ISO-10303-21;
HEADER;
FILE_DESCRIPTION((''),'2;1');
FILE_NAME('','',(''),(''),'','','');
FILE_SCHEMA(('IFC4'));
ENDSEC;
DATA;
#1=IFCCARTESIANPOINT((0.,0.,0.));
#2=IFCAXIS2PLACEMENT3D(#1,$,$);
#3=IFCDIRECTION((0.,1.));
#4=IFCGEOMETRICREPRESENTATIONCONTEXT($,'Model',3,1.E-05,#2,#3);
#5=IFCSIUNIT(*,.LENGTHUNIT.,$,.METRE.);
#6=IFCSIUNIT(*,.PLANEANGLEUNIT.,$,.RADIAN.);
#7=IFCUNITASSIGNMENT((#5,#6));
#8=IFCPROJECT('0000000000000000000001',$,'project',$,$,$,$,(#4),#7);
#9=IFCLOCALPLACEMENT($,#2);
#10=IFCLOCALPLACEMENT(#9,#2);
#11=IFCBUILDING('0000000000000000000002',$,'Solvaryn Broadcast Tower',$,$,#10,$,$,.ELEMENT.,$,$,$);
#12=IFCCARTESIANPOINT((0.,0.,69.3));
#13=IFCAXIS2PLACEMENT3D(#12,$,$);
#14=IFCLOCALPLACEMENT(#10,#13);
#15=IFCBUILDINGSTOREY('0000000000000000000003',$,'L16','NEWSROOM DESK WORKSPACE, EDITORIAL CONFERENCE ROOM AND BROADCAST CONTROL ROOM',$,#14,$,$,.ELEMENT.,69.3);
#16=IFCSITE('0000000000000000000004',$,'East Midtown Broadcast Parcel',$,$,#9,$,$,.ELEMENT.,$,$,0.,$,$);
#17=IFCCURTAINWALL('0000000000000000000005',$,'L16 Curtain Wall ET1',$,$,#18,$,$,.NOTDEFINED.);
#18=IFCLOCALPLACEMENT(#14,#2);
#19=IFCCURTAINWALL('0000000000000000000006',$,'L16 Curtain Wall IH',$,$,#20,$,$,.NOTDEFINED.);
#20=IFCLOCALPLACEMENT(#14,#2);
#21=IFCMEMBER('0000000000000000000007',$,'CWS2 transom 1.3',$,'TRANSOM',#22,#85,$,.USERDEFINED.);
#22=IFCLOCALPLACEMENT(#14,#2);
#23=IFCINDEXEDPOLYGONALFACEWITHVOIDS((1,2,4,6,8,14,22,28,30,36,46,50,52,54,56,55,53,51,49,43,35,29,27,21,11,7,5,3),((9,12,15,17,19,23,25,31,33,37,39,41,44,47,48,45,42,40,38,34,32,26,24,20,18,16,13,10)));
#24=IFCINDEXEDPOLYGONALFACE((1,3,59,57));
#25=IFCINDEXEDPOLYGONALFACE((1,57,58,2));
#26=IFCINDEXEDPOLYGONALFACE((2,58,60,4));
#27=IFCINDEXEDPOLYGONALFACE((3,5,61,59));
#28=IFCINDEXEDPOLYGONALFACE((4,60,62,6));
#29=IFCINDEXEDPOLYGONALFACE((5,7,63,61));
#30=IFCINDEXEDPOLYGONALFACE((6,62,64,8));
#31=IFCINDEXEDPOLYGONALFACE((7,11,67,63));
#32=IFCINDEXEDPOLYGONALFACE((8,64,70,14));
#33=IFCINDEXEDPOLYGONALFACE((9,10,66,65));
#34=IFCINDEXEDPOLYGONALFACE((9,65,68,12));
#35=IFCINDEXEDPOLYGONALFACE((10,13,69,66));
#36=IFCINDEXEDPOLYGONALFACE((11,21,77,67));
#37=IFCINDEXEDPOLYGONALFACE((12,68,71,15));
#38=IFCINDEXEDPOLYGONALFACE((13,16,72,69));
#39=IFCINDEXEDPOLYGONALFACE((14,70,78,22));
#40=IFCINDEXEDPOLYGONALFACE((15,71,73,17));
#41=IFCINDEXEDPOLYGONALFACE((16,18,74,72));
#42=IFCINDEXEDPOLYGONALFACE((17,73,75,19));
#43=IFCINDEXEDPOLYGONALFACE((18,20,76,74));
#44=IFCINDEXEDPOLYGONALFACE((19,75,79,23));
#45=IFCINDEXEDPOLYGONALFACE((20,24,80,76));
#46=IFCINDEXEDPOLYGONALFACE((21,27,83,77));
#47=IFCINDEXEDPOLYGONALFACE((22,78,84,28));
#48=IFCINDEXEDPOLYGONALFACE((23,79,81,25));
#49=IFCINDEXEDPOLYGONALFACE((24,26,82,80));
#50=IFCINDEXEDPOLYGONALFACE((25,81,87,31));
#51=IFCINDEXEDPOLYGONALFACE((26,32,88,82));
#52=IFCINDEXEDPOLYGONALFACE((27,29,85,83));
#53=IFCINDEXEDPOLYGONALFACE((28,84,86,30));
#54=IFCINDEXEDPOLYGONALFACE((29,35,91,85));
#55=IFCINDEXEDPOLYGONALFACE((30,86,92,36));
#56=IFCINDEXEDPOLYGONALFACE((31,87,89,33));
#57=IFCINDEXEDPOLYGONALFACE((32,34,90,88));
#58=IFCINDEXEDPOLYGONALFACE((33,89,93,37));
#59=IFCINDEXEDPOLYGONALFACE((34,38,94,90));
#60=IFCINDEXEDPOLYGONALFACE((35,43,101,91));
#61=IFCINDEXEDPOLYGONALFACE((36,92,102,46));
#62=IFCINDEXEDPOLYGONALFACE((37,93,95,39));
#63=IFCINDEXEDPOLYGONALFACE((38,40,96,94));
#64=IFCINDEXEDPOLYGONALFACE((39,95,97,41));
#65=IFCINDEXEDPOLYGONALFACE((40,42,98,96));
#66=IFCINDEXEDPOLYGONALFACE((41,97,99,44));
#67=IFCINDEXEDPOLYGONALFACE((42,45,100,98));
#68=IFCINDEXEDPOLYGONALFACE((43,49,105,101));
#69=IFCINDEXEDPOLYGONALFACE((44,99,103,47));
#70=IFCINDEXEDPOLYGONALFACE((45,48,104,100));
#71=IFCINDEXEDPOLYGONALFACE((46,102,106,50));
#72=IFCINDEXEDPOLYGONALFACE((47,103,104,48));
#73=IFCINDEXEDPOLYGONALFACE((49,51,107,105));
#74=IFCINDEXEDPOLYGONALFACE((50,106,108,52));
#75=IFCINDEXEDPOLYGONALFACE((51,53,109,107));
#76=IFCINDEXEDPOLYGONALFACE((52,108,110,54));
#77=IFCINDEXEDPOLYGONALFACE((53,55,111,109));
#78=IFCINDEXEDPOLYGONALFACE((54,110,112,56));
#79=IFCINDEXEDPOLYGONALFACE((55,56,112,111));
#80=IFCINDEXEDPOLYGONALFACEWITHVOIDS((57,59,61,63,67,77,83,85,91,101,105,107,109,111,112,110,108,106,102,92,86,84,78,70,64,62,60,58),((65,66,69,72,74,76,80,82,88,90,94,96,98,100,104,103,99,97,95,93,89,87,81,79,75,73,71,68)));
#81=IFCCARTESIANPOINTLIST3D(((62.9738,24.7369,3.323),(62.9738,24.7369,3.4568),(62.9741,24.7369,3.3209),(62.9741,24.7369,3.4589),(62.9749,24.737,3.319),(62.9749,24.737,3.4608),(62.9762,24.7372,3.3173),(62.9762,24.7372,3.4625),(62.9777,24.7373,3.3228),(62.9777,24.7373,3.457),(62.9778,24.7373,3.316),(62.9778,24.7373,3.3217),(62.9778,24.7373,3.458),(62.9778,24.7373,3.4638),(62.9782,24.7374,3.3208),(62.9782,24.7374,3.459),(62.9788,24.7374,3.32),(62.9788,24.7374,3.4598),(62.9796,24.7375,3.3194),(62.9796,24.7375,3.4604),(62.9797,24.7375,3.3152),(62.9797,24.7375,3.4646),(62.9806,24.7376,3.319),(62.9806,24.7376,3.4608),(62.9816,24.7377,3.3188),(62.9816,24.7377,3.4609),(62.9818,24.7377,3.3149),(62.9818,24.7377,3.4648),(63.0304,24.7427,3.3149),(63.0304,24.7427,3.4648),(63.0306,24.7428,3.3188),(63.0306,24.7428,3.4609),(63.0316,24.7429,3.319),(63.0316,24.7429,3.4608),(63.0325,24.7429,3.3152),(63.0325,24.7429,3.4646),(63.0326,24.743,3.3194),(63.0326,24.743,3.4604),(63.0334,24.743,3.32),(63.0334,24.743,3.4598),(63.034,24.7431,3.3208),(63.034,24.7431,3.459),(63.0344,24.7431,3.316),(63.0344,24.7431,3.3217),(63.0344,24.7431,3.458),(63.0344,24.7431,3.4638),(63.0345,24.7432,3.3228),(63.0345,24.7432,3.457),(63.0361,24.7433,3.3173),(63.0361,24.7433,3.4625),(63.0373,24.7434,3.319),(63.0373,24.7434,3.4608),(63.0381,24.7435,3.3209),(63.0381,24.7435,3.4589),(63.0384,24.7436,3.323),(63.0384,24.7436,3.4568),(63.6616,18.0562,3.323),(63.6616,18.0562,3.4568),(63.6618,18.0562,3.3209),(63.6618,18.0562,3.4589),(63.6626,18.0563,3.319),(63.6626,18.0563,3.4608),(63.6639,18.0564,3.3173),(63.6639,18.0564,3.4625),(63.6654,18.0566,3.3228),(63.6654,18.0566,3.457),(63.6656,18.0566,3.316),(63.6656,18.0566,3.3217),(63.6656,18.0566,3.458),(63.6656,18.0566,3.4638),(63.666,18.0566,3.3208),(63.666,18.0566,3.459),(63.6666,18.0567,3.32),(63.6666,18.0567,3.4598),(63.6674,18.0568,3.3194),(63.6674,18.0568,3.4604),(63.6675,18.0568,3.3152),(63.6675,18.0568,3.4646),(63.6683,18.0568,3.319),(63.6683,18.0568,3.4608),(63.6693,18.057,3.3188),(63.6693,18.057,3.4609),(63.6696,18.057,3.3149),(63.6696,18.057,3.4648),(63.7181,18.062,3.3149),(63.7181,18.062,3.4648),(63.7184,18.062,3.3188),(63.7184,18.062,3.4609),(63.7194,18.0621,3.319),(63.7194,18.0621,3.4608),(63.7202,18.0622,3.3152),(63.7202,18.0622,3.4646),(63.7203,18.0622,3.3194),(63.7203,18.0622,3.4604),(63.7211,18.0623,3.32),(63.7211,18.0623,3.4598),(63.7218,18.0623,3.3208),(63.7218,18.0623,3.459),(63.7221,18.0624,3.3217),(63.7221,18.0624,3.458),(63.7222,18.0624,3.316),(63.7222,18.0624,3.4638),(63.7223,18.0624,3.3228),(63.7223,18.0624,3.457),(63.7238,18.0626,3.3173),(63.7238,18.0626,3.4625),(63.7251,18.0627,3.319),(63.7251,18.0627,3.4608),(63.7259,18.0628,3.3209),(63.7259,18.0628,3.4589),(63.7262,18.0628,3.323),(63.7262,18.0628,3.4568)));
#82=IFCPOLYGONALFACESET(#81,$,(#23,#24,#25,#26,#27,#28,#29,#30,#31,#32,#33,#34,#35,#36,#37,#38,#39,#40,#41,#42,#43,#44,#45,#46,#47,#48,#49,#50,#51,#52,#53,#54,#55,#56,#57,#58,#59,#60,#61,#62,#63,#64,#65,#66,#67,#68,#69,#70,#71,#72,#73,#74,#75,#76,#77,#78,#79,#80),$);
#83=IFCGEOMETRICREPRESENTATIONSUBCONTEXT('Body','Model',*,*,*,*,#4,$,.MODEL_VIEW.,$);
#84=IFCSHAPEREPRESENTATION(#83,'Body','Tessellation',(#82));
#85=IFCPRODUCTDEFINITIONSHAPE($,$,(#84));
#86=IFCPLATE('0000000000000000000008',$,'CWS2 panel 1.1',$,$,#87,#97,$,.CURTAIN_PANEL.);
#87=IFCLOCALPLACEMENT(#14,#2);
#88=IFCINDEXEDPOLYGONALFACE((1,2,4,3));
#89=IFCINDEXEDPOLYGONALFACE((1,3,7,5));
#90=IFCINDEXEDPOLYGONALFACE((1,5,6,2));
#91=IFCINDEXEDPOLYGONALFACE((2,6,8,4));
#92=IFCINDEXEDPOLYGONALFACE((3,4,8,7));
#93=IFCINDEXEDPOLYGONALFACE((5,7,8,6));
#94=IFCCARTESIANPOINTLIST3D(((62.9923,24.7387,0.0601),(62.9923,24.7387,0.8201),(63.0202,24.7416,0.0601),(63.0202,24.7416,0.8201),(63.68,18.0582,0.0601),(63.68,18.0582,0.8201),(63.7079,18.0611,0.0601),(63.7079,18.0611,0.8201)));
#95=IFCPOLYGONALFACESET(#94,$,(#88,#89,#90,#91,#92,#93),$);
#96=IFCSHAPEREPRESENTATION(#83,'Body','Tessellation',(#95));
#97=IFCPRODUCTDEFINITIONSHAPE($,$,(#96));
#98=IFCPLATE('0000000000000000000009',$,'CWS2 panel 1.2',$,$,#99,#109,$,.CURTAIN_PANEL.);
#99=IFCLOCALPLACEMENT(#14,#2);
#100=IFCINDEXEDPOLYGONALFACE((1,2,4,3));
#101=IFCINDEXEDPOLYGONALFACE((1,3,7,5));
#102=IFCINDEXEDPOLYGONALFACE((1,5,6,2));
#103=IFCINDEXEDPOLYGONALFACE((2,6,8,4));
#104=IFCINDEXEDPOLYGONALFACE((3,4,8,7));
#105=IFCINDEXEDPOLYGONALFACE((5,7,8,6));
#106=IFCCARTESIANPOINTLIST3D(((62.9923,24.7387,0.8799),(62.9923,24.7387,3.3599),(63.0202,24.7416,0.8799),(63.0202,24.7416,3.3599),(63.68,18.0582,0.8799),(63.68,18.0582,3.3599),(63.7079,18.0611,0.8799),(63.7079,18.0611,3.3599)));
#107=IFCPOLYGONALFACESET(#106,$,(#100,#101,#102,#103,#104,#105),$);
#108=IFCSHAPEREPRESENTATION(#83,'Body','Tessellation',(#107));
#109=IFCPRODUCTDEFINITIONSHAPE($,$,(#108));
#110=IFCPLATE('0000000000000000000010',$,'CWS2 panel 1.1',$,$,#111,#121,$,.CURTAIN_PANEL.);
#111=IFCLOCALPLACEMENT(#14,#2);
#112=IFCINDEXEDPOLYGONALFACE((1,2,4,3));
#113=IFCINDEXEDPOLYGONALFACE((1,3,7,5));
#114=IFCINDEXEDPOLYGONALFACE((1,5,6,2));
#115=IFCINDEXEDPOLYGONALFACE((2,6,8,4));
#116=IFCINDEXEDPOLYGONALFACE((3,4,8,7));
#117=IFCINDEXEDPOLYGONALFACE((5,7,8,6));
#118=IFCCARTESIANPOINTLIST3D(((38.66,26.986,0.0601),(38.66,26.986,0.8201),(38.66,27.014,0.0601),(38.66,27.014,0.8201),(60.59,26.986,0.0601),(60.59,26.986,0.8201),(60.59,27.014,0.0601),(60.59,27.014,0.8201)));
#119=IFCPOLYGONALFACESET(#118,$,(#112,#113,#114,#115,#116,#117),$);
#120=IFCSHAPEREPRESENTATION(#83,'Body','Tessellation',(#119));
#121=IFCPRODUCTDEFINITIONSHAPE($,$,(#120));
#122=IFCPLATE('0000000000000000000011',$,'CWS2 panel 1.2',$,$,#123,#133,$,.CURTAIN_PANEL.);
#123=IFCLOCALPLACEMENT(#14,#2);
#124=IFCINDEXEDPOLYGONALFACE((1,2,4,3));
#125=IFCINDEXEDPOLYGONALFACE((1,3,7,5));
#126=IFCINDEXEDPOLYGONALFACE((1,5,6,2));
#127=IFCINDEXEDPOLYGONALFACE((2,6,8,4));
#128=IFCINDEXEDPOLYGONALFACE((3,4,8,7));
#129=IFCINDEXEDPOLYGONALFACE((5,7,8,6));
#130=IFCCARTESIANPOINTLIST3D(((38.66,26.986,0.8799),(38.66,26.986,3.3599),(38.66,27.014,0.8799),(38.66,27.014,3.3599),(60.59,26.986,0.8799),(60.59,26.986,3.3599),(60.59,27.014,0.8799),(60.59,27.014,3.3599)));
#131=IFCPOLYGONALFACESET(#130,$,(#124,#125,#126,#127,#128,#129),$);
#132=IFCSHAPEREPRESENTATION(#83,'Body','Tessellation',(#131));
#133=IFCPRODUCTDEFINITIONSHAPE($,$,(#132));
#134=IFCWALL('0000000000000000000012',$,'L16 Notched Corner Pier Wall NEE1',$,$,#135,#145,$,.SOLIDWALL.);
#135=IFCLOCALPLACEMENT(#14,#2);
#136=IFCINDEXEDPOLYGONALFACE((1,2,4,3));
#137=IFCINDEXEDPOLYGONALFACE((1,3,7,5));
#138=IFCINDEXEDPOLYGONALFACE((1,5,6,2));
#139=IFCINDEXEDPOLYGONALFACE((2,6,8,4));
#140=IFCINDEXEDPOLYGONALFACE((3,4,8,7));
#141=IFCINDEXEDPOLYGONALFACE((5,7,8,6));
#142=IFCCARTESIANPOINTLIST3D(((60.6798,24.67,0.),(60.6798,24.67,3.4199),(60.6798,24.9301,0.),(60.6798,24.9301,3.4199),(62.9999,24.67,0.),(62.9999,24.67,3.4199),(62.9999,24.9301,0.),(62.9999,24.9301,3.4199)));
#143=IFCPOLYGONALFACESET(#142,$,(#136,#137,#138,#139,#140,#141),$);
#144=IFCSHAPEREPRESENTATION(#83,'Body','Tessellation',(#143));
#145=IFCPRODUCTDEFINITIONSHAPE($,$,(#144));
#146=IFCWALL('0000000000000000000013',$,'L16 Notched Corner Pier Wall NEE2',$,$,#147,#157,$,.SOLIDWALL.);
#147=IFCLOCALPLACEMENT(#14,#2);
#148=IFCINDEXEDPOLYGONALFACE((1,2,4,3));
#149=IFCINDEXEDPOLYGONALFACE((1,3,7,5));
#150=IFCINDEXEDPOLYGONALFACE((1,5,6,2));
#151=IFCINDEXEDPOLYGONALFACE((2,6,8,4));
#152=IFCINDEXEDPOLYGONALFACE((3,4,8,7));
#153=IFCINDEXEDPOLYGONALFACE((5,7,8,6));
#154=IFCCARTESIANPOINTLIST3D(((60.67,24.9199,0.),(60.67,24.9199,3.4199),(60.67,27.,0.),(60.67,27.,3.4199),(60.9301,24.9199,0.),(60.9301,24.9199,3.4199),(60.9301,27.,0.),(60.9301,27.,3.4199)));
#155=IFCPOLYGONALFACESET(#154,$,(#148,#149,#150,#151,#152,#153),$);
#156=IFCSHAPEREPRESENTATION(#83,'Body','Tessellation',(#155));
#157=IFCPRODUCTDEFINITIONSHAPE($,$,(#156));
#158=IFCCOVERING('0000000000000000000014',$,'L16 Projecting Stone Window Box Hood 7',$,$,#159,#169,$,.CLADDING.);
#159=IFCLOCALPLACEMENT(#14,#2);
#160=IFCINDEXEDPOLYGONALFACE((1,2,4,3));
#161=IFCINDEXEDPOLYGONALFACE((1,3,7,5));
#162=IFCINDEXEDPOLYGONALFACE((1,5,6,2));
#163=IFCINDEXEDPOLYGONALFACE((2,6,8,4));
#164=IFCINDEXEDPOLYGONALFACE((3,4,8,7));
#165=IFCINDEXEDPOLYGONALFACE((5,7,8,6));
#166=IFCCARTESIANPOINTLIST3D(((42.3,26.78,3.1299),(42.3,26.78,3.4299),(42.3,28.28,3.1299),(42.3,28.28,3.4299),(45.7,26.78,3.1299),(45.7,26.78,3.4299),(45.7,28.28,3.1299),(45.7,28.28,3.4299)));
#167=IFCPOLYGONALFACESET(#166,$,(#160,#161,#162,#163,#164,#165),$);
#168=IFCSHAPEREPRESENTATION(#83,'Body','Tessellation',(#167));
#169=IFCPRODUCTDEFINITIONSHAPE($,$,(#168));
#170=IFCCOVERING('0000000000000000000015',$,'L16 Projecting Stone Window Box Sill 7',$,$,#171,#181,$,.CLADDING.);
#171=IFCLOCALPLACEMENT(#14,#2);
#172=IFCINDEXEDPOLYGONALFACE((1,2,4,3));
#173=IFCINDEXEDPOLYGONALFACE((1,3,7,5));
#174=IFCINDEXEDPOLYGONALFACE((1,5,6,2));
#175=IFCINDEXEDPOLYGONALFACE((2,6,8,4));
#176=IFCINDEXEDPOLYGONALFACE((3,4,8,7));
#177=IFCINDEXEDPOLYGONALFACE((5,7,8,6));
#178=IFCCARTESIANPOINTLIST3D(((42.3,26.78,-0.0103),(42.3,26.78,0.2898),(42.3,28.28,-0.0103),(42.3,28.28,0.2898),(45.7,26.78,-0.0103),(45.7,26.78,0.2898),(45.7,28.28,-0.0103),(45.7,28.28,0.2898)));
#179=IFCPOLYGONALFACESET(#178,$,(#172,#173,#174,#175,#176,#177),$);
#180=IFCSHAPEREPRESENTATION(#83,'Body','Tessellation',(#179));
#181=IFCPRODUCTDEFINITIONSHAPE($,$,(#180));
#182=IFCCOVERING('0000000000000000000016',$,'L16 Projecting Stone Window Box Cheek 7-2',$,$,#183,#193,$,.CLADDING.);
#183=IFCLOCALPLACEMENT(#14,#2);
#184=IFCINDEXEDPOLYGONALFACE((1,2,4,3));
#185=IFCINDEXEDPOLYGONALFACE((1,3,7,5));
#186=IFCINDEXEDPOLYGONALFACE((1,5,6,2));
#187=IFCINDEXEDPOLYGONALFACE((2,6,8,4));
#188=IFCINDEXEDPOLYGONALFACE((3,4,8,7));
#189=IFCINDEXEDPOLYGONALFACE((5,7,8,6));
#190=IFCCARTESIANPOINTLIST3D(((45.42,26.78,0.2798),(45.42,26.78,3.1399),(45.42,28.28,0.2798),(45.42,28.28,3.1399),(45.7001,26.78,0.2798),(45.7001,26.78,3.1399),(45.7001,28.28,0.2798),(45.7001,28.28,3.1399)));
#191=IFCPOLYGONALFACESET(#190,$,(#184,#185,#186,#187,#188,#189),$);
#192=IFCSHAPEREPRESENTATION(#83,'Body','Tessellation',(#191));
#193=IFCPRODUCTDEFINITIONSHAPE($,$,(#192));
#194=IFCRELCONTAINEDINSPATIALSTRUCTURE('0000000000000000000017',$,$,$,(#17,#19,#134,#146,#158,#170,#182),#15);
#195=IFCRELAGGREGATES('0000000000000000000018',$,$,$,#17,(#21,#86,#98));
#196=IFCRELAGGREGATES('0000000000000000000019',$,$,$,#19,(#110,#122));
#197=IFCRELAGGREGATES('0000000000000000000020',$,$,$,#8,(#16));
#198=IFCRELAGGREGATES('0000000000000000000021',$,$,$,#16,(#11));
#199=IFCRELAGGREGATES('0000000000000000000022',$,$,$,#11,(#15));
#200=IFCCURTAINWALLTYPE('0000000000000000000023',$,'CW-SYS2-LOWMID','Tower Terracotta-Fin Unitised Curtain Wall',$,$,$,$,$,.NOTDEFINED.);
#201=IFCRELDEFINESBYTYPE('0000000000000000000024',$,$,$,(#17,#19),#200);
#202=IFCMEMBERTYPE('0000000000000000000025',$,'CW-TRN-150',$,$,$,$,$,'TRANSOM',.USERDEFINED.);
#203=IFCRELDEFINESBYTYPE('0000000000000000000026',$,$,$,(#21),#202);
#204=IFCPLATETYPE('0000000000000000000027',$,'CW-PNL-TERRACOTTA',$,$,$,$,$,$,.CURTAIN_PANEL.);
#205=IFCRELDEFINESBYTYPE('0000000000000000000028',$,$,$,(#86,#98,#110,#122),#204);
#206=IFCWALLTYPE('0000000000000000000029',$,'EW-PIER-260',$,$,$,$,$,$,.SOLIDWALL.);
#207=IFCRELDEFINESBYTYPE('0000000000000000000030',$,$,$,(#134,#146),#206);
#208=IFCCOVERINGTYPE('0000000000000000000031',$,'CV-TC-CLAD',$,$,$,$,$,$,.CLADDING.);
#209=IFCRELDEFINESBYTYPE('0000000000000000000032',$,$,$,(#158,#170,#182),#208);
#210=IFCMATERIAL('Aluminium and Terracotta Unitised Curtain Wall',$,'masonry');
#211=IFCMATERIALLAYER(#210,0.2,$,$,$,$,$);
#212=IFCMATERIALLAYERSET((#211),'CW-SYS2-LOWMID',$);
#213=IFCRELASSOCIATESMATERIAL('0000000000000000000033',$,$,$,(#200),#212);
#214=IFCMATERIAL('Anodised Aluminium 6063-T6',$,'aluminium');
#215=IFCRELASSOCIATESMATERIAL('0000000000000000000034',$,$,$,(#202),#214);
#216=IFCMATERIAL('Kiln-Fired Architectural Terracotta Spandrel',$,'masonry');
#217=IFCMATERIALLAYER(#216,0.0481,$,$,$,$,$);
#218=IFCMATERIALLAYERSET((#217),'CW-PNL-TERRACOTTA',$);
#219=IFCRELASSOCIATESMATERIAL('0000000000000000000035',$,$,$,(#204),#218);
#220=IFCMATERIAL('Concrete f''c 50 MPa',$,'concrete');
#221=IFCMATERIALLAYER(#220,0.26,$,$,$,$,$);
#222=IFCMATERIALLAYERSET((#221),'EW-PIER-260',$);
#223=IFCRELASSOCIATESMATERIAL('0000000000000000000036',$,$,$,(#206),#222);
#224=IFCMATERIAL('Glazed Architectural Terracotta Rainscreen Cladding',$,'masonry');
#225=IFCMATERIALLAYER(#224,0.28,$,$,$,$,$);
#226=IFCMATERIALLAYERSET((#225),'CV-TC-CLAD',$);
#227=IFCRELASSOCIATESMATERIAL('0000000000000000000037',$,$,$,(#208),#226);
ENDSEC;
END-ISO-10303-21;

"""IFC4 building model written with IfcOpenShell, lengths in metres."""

from ifc_helpers import new_model, si_unit, direction, frame, frame_2d, origin, origin_2d, place, context, subcontext, project, spatial, rectangle, hollow_rectangle, extrude, material, layer, layer_set, material_profile, profile_set, type_object, element, aggregate, save


model = new_model("IFC4")

# Units and contexts
model_context = context("Model", 3, precision=1e-05, world=origin(), true_north=direction((0.0, 1.0)))
body_context = subcontext(model_context, "Body", "Model", "MODEL_VIEW")
ifc_project = project(units=[si_unit("LENGTHUNIT", "METRE"), si_unit("PLANEANGLEUNIT", "RADIAN")], contexts=[model_context])

# Site, building, storey
site_placement = place(None, origin())
site = spatial("IfcSite", under=ifc_project, at=site_placement, Name="East Midtown Broadcast Parcel", CompositionType="ELEMENT", RefElevation=0.0)
building_placement = place(site_placement, origin())
building = spatial("IfcBuilding", under=site, at=building_placement, Name="Solvaryn Broadcast Tower", CompositionType="ELEMENT")
storey_placement = place(building_placement, frame((0.0, 0.0, 69.3)))
storey = spatial("IfcBuildingStorey", under=building, at=storey_placement, Name="L16", Description="NEWSROOM DESK WORKSPACE, EDITORIAL CONFERENCE ROOM AND BROADCAST CONTROL ROOM", CompositionType="ELEMENT", Elevation=69.3)

# Curtain walls
ifc_material_1 = material(Name="Aluminium and Terracotta Unitised Curtain Wall", Category="masonry")
ifc_layer_1 = layer(ifc_material_1, 0.2)
ifc_layer_set_1 = layer_set([ifc_layer_1], Name="CW-SYS2-LOWMID")
curtain_wall_type = type_object("IfcCurtainWallType", Name="CW-SYS2-LOWMID", Description="Tower Terracotta-Fin Unitised Curtain Wall", PredefinedType="NOTDEFINED", material=ifc_layer_set_1)
curtain_wall_1_placement = place(storey_placement, origin())
curtain_wall_1 = element("IfcCurtainWall", 1, at=curtain_wall_1_placement, inside=storey, type_object=curtain_wall_type, Name="L16 Curtain Wall ET1", PredefinedType="NOTDEFINED")
curtain_wall_2_placement = place(storey_placement, origin())
curtain_wall_2 = element("IfcCurtainWall", 2, at=curtain_wall_2_placement, inside=storey, type_object=curtain_wall_type, Name="L16 Curtain Wall IH", PredefinedType="NOTDEFINED")

# Member
ifc_material_2 = material(Name="Anodised Aluminium 6063-T6", Category="aluminium")
ifc_material_profile_1 = material_profile(ifc_material_2, hollow_rectangle(XDim=0.0649, YDim=0.1499, WallThickness=0.0039, InnerFilletRadius=0.0039, OuterFilletRadius=0.0081, at=origin_2d()))
ifc_profile_set_1 = profile_set([ifc_material_profile_1], Name="Anodised Aluminium 6063-T6")
member_type_1 = type_object("IfcMemberType", Name="CW-TRN-150", ElementType="TRANSOM", PredefinedType="USERDEFINED", material=ifc_profile_set_1)
member_1_placement = place(storey_placement, frame((63.0061, 24.7402, 3.3899), z_axis=(0.102404, -0.994743, 0.0), x_axis=(0.994743, 0.102404, 0.0)))
member_1 = element("IfcMember", 3, at=member_1_placement, type_object=member_type_1, Name="CWS2 transom 1.3", ObjectType="TRANSOM", PredefinedType="USERDEFINED", context=body_context, shape_type="SweptSolid", body=[
    extrude(hollow_rectangle(XDim=0.0649, YDim=0.1499, WallThickness=0.0039, InnerFilletRadius=0.0039, OuterFilletRadius=0.0081, at=origin_2d()), origin(), (0.0, 0.0, 1.0), 6.7161),
])

# Plates
ifc_material_3 = material(Name="Kiln-Fired Architectural Terracotta Spandrel", Category="masonry")
ifc_layer_2 = layer(ifc_material_3, 0.0481)
ifc_layer_set_2 = layer_set([ifc_layer_2], Name="CW-PNL-TERRACOTTA")
plate_type = type_object("IfcPlateType", Name="CW-PNL-TERRACOTTA", PredefinedType="CURTAIN_PANEL", material=ifc_layer_set_2)
plate_1_placement = place(storey_placement, frame((63.3501, 21.3999, 0.0601), z_axis=(0.0, 0.0, 1.0), x_axis=(0.1024, -0.994743, 0.0)))
plate_1 = element("IfcPlate", 4, at=plate_1_placement, type_object=plate_type, Name="CWS2 panel 1.1", PredefinedType="CURTAIN_PANEL", context=body_context, shape_type="SweptSolid", body=[
    extrude(rectangle(XDim=6.7158, YDim=0.0281, at=origin_2d()), origin(), (0.0, 0.0, 1.0), 0.76),
])
plate_2_placement = place(storey_placement, frame((63.3501, 21.3999, 0.8799), z_axis=(0.0, 0.0, 1.0), x_axis=(0.1024, -0.994743, 0.0)))
plate_2 = element("IfcPlate", 5, at=plate_2_placement, type_object=plate_type, Name="CWS2 panel 1.2", PredefinedType="CURTAIN_PANEL", context=body_context, shape_type="SweptSolid", body=[
    extrude(rectangle(XDim=6.7158, YDim=0.0281, at=origin_2d()), origin(), (0.0, 0.0, 1.0), 2.48),
])
aggregate(curtain_wall_1, [member_1, plate_1, plate_2])
plate_3_placement = place(storey_placement, frame((49.625, 27.0, 0.0601), z_axis=(0.0, 0.0, 1.0), x_axis=(1.0, 0.0, 0.0)))
plate_3 = element("IfcPlate", 6, at=plate_3_placement, type_object=plate_type, Name="CWS2 panel 1.1", PredefinedType="CURTAIN_PANEL", context=body_context, shape_type="SweptSolid", body=[
    extrude(rectangle(XDim=21.9299, YDim=0.0281, at=origin_2d()), origin(), (0.0, 0.0, 1.0), 0.76),
])
plate_4_placement = place(storey_placement, frame((49.625, 27.0, 0.8799), z_axis=(0.0, 0.0, 1.0), x_axis=(1.0, 0.0, 0.0)))
plate_4 = element("IfcPlate", 7, at=plate_4_placement, type_object=plate_type, Name="CWS2 panel 1.2", PredefinedType="CURTAIN_PANEL", context=body_context, shape_type="SweptSolid", body=[
    extrude(rectangle(XDim=21.9299, YDim=0.0281, at=origin_2d()), origin(), (0.0, 0.0, 1.0), 2.48),
])
aggregate(curtain_wall_2, [plate_3, plate_4])

# Walls
ifc_material_4 = material(Name="Concrete f'c 50 MPa", Category="concrete")
ifc_layer_3 = layer(ifc_material_4, 0.26)
ifc_layer_set_3 = layer_set([ifc_layer_3], Name="EW-PIER-260")
wall_type_1 = type_object("IfcWallType", Name="EW-PIER-260", PredefinedType="SOLIDWALL", material=ifc_layer_set_3)
wall_1_placement = place(storey_placement, frame((63.0, 24.8, 0.0), z_axis=(0.0, 0.0, 1.0), x_axis=(-1.0, 0.0, 0.0)))
element("IfcWall", 8, at=wall_1_placement, inside=storey, type_object=wall_type_1, Name="L16 Notched Corner Pier Wall NEE1", PredefinedType="SOLIDWALL", context=body_context, shape_type="SweptSolid", body=[
    extrude(rectangle(XDim=2.3201, YDim=0.26, at=frame_2d((1.1602, 0.0))), origin(), (0.0, 0.0, 1.0), 3.4199),
])
wall_2_placement = place(storey_placement, frame((60.8, 24.9199, 0.0), z_axis=(0.0, 0.0, 1.0), x_axis=(0.0, 1.0, 0.0)))
element("IfcWall", 9, at=wall_2_placement, inside=storey, type_object=wall_type_1, Name="L16 Notched Corner Pier Wall NEE2", PredefinedType="SOLIDWALL", context=body_context, shape_type="SweptSolid", body=[
    extrude(rectangle(XDim=2.0801, YDim=0.26, at=frame_2d((1.04, 0.0))), origin(), (0.0, 0.0, 1.0), 3.4199),
])

# Coverings
ifc_material_5 = material(Name="Glazed Architectural Terracotta Rainscreen Cladding", Category="masonry")
ifc_layer_4 = layer(ifc_material_5, 0.28)
ifc_layer_set_4 = layer_set([ifc_layer_4], Name="CV-TC-CLAD")
covering_type_1 = type_object("IfcCoveringType", Name="CV-TC-CLAD", PredefinedType="CLADDING", material=ifc_layer_set_4)
for number, where, z_axis, x_axis, name in (
    (10, (44.0, 27.53, 3.1299), (0.0, 0.0, 1.0), (1.0, 0.0, 0.0), "L16 Projecting Stone Window Box Hood 7"),
    (11, (44.0, 27.53, -0.0103), (0.0, 0.0, 1.0), (1.0, 0.0, 0.0), "L16 Projecting Stone Window Box Sill 7"),
):
    element("IfcCovering", number, at=place(storey_placement, frame(where, z_axis=z_axis, x_axis=x_axis)), inside=storey, type_object=covering_type_1, Name=name, PredefinedType="CLADDING", context=body_context, shape_type="SweptSolid", body=[
        extrude(rectangle(XDim=3.3999, YDim=1.5, at=origin_2d()), origin(), (0.0, 0.0, 1.0), 0.3),
    ])
covering_1_placement = place(storey_placement, frame((45.5601, 27.53, 0.2798), z_axis=(0.0, 0.0, 1.0), x_axis=(1.0, 0.0, 0.0)))
element("IfcCovering", 12, at=covering_1_placement, inside=storey, type_object=covering_type_1, Name="L16 Projecting Stone Window Box Cheek 7-2", PredefinedType="CLADDING", context=body_context, shape_type="SweptSolid", body=[
    extrude(rectangle(XDim=0.28, YDim=1.5, at=origin_2d()), origin(), (0.0, 0.0, 1.0), 2.8601),
])

save(model, "model.ifc")
